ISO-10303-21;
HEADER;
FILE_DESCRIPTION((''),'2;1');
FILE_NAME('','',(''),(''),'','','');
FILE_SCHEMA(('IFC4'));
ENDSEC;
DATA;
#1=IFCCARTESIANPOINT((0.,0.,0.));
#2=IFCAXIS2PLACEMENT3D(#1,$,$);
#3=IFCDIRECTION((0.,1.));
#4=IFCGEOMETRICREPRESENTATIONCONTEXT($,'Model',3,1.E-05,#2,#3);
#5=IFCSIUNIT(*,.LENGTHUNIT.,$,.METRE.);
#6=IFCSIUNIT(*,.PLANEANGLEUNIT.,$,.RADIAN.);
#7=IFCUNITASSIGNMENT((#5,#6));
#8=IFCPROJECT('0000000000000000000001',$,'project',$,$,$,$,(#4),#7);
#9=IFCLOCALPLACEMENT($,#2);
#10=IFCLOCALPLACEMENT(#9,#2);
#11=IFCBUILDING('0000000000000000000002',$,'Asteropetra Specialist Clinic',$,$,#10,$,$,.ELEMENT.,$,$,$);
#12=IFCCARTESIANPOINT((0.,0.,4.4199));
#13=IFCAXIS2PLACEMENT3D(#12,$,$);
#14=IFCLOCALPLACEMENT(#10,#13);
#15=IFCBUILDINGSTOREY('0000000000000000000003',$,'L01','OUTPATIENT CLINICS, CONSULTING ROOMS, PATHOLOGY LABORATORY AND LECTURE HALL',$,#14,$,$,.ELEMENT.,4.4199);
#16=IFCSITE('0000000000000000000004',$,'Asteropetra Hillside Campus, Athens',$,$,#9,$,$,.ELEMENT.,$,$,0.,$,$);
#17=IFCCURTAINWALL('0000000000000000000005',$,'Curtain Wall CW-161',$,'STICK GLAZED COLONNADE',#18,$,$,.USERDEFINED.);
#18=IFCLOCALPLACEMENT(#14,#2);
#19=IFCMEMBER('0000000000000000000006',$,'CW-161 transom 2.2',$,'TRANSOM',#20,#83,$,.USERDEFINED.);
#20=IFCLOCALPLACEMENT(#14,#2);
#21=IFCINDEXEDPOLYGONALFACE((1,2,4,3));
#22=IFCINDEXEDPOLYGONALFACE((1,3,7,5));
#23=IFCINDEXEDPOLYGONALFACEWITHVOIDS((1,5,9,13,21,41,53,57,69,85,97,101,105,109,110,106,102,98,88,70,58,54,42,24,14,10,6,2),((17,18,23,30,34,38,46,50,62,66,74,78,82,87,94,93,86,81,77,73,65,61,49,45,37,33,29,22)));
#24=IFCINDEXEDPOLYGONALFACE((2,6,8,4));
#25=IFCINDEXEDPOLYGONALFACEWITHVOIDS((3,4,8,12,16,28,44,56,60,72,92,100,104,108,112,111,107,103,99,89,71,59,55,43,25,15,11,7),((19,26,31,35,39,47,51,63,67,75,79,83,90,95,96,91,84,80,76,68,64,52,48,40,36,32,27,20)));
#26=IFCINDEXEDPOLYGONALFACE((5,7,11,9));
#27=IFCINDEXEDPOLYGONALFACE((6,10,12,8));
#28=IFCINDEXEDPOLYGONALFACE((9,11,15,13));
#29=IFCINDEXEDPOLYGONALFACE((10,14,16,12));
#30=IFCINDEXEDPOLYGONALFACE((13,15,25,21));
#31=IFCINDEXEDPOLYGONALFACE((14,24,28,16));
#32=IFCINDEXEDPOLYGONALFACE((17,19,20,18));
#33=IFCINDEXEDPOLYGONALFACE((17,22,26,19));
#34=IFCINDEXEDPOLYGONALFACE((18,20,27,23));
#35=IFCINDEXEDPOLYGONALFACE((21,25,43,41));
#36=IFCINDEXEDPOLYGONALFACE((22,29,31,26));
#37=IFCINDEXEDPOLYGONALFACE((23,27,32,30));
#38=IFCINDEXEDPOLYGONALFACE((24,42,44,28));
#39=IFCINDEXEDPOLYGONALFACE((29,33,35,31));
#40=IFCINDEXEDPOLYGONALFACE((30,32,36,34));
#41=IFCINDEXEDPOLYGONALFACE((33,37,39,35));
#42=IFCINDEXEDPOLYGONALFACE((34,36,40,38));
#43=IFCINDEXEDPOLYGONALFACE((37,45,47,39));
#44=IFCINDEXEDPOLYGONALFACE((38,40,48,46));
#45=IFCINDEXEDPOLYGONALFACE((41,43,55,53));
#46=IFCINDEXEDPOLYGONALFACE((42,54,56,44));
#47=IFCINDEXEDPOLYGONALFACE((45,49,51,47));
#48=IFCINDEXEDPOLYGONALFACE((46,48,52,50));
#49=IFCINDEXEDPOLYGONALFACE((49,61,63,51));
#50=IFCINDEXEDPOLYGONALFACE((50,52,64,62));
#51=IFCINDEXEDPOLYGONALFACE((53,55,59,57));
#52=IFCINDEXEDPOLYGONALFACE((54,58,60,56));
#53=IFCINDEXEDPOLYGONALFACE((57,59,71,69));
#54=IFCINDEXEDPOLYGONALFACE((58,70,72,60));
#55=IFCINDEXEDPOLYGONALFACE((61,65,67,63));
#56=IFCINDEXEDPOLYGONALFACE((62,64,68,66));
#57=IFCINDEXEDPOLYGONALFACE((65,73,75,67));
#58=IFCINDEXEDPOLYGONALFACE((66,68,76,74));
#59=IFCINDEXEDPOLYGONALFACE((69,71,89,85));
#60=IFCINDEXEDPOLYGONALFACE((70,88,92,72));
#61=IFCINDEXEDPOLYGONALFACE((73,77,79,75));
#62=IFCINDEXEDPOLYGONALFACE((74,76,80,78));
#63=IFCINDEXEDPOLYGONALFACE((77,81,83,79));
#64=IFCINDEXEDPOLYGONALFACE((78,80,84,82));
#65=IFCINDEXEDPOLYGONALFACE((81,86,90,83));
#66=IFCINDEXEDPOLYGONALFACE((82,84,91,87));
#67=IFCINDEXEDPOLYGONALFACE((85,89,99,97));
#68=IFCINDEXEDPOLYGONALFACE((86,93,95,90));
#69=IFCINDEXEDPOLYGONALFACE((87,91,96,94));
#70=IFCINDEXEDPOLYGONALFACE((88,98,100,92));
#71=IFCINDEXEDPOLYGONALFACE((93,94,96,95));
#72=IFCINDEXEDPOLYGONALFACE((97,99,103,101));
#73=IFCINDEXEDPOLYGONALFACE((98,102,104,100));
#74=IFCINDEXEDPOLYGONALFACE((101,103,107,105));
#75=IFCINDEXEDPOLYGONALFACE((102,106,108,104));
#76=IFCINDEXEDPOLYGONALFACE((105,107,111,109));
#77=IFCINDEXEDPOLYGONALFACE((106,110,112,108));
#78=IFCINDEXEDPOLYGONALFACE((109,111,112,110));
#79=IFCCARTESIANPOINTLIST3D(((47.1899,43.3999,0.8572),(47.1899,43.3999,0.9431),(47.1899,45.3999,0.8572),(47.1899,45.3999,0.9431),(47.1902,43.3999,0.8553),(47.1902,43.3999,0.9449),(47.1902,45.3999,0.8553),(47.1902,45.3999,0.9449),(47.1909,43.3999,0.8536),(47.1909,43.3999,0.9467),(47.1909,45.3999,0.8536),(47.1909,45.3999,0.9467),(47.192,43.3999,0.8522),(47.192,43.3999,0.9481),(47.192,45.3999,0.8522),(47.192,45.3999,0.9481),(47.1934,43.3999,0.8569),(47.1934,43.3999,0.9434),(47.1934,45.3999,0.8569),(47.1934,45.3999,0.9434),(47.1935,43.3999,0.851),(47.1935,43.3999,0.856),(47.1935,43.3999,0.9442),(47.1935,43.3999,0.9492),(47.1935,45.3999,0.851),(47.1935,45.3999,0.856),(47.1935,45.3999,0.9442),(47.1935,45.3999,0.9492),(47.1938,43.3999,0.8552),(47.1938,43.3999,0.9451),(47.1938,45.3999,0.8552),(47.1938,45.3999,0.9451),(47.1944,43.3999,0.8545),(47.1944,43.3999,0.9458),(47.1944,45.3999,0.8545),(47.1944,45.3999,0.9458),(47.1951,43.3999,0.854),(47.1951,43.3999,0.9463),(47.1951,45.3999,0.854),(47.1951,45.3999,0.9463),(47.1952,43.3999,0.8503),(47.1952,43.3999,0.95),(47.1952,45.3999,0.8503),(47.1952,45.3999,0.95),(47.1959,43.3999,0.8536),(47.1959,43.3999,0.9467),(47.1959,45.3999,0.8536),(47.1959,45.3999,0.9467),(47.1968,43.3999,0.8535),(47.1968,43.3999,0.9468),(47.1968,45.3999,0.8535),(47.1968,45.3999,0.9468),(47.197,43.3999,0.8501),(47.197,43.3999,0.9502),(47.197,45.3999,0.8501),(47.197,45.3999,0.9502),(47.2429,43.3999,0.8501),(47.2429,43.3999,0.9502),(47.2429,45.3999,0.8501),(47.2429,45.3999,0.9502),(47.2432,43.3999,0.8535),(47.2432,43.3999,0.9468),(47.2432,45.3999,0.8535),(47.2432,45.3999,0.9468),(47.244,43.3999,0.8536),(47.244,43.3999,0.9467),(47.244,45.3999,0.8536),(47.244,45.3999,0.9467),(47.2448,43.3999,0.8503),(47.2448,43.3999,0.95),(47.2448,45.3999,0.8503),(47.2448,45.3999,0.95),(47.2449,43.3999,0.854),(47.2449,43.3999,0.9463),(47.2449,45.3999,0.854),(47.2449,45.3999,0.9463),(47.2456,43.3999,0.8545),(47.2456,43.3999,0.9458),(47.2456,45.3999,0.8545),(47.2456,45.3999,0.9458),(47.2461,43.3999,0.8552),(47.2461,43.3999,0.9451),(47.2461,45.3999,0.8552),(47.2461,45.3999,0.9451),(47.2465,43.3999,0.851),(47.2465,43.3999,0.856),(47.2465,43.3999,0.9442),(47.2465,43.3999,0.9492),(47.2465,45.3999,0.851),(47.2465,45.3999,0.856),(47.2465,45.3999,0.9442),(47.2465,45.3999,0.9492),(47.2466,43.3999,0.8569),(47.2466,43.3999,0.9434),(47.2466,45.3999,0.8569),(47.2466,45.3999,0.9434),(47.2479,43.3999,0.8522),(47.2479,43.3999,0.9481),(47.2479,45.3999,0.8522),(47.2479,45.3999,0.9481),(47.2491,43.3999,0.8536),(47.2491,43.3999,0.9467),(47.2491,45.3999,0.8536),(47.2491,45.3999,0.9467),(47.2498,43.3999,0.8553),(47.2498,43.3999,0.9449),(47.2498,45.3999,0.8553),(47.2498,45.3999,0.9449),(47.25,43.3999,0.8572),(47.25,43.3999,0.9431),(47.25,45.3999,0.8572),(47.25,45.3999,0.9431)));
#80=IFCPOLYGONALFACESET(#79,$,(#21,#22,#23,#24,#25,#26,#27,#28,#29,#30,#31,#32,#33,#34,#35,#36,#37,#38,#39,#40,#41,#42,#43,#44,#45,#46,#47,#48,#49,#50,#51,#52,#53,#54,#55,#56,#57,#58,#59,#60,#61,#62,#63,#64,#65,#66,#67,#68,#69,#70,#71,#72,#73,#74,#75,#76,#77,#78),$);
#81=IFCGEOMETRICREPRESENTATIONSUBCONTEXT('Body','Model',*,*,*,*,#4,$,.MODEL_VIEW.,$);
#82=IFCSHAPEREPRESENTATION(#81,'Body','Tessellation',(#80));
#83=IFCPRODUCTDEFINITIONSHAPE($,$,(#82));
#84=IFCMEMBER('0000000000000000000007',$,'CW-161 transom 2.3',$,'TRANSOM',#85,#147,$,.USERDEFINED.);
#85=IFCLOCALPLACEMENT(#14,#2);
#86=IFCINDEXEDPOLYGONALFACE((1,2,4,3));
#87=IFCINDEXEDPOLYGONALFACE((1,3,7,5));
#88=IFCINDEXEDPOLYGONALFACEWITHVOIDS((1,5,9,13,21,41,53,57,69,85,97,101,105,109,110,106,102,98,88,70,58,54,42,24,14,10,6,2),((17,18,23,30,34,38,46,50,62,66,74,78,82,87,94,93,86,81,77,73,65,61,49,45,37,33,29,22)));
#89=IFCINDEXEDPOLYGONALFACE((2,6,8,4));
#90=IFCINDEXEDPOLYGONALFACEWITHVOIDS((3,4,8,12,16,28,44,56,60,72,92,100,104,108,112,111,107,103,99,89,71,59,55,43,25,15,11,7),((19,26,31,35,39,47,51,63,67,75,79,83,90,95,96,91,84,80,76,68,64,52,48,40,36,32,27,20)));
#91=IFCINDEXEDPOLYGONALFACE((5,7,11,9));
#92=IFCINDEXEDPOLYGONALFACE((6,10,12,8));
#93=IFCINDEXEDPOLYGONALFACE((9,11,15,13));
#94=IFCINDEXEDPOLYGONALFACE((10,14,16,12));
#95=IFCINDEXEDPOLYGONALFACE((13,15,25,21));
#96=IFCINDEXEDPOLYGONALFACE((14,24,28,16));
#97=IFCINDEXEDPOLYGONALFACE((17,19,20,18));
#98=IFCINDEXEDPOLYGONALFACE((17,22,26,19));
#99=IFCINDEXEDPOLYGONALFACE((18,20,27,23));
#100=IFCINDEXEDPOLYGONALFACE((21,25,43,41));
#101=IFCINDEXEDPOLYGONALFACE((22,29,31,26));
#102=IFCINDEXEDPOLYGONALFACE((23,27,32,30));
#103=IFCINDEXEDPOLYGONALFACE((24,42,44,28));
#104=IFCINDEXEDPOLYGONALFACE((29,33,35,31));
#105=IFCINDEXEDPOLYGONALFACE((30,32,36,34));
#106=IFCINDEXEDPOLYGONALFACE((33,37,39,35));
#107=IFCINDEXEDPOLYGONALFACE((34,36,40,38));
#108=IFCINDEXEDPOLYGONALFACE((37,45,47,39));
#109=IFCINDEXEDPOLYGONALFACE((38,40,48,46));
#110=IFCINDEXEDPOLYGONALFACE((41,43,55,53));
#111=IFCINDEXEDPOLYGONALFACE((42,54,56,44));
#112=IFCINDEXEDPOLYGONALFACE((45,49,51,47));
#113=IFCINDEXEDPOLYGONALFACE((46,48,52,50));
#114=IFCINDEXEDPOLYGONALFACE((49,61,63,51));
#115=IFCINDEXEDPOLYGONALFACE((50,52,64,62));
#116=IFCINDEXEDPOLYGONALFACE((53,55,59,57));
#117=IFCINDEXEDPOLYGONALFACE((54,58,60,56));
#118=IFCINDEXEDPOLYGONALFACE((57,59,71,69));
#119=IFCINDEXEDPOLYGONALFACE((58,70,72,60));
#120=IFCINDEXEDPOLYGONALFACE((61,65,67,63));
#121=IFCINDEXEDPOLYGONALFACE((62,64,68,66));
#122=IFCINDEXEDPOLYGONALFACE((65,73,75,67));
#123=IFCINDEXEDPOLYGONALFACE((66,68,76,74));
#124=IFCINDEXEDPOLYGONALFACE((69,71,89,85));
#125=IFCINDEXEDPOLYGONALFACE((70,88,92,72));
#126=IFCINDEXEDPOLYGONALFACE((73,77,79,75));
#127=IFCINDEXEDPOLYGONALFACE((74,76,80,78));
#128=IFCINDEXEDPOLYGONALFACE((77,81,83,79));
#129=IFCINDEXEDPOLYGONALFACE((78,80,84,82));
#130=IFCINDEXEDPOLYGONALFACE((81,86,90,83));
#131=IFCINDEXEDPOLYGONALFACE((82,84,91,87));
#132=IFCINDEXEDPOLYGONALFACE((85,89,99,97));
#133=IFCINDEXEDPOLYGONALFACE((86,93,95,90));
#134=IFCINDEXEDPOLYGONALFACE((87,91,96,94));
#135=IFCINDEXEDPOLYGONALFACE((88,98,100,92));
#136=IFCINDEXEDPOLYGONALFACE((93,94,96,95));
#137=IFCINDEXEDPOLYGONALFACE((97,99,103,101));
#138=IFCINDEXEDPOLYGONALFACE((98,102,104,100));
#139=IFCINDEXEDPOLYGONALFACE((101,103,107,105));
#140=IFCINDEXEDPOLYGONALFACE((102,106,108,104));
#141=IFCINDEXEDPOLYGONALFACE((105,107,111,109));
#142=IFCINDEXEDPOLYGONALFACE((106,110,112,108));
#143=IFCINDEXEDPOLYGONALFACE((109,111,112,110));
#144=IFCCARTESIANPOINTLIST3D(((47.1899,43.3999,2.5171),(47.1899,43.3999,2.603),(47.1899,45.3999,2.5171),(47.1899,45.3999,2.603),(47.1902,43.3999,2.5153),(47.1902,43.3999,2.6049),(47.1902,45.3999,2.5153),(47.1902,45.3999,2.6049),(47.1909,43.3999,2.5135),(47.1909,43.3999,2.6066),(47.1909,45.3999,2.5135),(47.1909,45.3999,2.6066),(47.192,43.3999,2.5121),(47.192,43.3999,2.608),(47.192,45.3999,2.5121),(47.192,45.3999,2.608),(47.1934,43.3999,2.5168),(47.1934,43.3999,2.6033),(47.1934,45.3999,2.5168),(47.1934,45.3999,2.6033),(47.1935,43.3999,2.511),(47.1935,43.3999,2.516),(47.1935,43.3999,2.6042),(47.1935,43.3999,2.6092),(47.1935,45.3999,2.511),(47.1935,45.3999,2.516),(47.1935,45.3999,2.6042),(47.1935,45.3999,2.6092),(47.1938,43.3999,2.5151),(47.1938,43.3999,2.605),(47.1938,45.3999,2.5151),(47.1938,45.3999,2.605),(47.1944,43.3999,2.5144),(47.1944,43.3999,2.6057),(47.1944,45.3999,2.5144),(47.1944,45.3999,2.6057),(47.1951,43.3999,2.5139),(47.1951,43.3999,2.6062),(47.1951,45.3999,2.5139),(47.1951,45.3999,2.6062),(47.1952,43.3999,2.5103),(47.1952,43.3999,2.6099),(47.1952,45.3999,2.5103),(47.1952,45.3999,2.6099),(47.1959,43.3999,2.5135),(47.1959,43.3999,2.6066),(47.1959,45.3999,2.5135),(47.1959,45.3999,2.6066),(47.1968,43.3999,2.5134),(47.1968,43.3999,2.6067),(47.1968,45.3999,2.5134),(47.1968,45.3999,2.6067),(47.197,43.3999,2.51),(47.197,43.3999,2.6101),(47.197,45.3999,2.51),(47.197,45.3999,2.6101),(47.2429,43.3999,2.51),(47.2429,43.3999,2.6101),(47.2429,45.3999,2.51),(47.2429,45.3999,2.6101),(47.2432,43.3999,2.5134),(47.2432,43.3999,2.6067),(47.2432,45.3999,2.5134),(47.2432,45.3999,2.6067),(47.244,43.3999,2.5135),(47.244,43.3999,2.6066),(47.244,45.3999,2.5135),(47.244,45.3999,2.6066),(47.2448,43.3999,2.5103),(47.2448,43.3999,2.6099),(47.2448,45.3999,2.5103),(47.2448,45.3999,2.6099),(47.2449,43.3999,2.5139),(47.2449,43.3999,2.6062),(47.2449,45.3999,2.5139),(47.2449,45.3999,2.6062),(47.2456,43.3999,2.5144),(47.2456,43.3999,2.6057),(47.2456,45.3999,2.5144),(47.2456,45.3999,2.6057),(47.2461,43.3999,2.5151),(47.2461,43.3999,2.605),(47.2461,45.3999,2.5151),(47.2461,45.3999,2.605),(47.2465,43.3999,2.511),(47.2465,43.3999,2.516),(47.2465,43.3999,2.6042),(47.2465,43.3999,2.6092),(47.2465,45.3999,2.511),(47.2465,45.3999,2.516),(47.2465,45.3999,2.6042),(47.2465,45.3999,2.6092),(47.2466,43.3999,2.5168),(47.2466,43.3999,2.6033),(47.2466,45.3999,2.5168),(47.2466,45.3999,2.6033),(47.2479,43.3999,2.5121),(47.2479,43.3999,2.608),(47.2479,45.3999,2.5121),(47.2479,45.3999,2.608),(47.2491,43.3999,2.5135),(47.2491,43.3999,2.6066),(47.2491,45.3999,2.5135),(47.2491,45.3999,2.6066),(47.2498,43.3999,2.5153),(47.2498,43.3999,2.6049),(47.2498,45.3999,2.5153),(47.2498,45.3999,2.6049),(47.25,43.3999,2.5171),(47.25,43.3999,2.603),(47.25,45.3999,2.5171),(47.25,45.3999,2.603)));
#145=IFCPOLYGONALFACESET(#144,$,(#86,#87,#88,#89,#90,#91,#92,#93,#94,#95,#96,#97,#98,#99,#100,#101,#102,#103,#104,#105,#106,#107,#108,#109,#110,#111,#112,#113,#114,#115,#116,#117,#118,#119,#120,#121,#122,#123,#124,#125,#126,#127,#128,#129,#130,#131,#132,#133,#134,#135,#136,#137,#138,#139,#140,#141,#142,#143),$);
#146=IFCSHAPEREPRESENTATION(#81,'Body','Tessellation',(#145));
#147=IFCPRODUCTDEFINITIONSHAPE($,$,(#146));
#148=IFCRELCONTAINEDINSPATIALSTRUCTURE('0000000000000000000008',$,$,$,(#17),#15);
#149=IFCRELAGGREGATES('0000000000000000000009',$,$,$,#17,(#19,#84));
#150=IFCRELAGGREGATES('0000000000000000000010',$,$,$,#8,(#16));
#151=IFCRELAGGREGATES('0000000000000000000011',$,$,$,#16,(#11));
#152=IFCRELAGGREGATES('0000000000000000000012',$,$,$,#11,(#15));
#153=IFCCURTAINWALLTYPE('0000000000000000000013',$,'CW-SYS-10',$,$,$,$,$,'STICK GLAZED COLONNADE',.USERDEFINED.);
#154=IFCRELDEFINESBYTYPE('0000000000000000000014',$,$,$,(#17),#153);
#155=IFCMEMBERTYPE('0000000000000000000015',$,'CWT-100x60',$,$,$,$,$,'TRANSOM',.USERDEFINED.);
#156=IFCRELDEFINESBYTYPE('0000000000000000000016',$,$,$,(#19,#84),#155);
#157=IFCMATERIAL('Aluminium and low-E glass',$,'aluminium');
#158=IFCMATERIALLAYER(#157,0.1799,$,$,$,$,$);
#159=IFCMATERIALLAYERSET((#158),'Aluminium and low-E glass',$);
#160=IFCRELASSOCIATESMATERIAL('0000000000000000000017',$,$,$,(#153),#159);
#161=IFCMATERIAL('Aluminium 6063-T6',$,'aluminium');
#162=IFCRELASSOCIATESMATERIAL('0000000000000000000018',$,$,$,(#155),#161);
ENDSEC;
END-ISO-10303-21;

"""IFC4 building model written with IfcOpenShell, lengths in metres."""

from ifc_helpers import new_model, si_unit, direction, frame, origin, origin_2d, place, context, subcontext, project, spatial, hollow_rectangle, extrude, material, layer, layer_set, material_profile, profile_set, type_object, element, aggregate, save


model = new_model("IFC4")

# Units and contexts
model_context = context("Model", 3, precision=1e-05, world=origin(), true_north=direction((0.0, 1.0)))
body_context = subcontext(model_context, "Body", "Model", "MODEL_VIEW")
ifc_project = project(units=[si_unit("LENGTHUNIT", "METRE"), si_unit("PLANEANGLEUNIT", "RADIAN")], contexts=[model_context])

# Site, building, storey
site_placement = place(None, origin())
site = spatial("IfcSite", under=ifc_project, at=site_placement, Name="Asteropetra Hillside Campus, Athens", CompositionType="ELEMENT", RefElevation=0.0)
building_placement = place(site_placement, origin())
building = spatial("IfcBuilding", under=site, at=building_placement, Name="Asteropetra Specialist Clinic", CompositionType="ELEMENT")
storey_placement = place(building_placement, frame((0.0, 0.0, 4.4199)))
storey = spatial("IfcBuildingStorey", under=building, at=storey_placement, Name="L01", Description="OUTPATIENT CLINICS, CONSULTING ROOMS, PATHOLOGY LABORATORY AND LECTURE HALL", CompositionType="ELEMENT", Elevation=4.4199)

# Curtain wall
ifc_material_1 = material(Name="Aluminium and low-E glass", Category="aluminium")
ifc_layer_1 = layer(ifc_material_1, 0.1799)
ifc_layer_set_1 = layer_set([ifc_layer_1], Name="Aluminium and low-E glass")
curtain_wall_type_1 = type_object("IfcCurtainWallType", Name="CW-SYS-10", ElementType="STICK GLAZED COLONNADE", PredefinedType="USERDEFINED", material=ifc_layer_set_1)
curtain_wall_1_placement = place(storey_placement, origin())
curtain_wall_1 = element("IfcCurtainWall", 1, at=curtain_wall_1_placement, inside=storey, type_object=curtain_wall_type_1, Name="Curtain Wall CW-161", ObjectType="STICK GLAZED COLONNADE", PredefinedType="USERDEFINED")

# Members
ifc_material_2 = material(Name="Aluminium 6063-T6", Category="aluminium")
ifc_material_profile_1 = material_profile(ifc_material_2, hollow_rectangle(XDim=0.0601, YDim=0.1001, WallThickness=0.0034, InnerFilletRadius=0.0034, OuterFilletRadius=0.0071, at=origin_2d()), Name="TRN 100x60x3.5")
ifc_profile_set_1 = profile_set([ifc_material_profile_1], Name="Aluminium 6063-T6")
member_type_1 = type_object("IfcMemberType", Name="CWT-100x60", ElementType="TRANSOM", PredefinedType="USERDEFINED", material=ifc_profile_set_1)
member_1_placement = place(storey_placement, frame((47.22, 43.3999, 0.9001), z_axis=(0.0, 1.0, 0.0), x_axis=(-1.0, 0.0, 0.0)))
member_1 = element("IfcMember", 2, at=member_1_placement, type_object=member_type_1, Name="CW-161 transom 2.2", ObjectType="TRANSOM", PredefinedType="USERDEFINED", context=body_context, shape_type="SweptSolid", body=[
    extrude(hollow_rectangle(XDim=0.0601, YDim=0.1001, WallThickness=0.0034, InnerFilletRadius=0.0034, OuterFilletRadius=0.0071, at=origin_2d()), origin(), (0.0, 0.0, 1.0), 2.0),
])
member_2_placement = place(storey_placement, frame((47.22, 43.3999, 2.5601), z_axis=(0.0, 1.0, 0.0), x_axis=(-1.0, 0.0, 0.0)))
member_2 = element("IfcMember", 3, at=member_2_placement, type_object=member_type_1, Name="CW-161 transom 2.3", ObjectType="TRANSOM", PredefinedType="USERDEFINED", context=body_context, shape_type="SweptSolid", body=[
    extrude(hollow_rectangle(XDim=0.0601, YDim=0.1001, WallThickness=0.0034, InnerFilletRadius=0.0034, OuterFilletRadius=0.0071, at=origin_2d()), origin(), (0.0, 0.0, 1.0), 2.0),
])

aggregate(curtain_wall_1, [member_1, member_2])

save(model, "model.ifc")
